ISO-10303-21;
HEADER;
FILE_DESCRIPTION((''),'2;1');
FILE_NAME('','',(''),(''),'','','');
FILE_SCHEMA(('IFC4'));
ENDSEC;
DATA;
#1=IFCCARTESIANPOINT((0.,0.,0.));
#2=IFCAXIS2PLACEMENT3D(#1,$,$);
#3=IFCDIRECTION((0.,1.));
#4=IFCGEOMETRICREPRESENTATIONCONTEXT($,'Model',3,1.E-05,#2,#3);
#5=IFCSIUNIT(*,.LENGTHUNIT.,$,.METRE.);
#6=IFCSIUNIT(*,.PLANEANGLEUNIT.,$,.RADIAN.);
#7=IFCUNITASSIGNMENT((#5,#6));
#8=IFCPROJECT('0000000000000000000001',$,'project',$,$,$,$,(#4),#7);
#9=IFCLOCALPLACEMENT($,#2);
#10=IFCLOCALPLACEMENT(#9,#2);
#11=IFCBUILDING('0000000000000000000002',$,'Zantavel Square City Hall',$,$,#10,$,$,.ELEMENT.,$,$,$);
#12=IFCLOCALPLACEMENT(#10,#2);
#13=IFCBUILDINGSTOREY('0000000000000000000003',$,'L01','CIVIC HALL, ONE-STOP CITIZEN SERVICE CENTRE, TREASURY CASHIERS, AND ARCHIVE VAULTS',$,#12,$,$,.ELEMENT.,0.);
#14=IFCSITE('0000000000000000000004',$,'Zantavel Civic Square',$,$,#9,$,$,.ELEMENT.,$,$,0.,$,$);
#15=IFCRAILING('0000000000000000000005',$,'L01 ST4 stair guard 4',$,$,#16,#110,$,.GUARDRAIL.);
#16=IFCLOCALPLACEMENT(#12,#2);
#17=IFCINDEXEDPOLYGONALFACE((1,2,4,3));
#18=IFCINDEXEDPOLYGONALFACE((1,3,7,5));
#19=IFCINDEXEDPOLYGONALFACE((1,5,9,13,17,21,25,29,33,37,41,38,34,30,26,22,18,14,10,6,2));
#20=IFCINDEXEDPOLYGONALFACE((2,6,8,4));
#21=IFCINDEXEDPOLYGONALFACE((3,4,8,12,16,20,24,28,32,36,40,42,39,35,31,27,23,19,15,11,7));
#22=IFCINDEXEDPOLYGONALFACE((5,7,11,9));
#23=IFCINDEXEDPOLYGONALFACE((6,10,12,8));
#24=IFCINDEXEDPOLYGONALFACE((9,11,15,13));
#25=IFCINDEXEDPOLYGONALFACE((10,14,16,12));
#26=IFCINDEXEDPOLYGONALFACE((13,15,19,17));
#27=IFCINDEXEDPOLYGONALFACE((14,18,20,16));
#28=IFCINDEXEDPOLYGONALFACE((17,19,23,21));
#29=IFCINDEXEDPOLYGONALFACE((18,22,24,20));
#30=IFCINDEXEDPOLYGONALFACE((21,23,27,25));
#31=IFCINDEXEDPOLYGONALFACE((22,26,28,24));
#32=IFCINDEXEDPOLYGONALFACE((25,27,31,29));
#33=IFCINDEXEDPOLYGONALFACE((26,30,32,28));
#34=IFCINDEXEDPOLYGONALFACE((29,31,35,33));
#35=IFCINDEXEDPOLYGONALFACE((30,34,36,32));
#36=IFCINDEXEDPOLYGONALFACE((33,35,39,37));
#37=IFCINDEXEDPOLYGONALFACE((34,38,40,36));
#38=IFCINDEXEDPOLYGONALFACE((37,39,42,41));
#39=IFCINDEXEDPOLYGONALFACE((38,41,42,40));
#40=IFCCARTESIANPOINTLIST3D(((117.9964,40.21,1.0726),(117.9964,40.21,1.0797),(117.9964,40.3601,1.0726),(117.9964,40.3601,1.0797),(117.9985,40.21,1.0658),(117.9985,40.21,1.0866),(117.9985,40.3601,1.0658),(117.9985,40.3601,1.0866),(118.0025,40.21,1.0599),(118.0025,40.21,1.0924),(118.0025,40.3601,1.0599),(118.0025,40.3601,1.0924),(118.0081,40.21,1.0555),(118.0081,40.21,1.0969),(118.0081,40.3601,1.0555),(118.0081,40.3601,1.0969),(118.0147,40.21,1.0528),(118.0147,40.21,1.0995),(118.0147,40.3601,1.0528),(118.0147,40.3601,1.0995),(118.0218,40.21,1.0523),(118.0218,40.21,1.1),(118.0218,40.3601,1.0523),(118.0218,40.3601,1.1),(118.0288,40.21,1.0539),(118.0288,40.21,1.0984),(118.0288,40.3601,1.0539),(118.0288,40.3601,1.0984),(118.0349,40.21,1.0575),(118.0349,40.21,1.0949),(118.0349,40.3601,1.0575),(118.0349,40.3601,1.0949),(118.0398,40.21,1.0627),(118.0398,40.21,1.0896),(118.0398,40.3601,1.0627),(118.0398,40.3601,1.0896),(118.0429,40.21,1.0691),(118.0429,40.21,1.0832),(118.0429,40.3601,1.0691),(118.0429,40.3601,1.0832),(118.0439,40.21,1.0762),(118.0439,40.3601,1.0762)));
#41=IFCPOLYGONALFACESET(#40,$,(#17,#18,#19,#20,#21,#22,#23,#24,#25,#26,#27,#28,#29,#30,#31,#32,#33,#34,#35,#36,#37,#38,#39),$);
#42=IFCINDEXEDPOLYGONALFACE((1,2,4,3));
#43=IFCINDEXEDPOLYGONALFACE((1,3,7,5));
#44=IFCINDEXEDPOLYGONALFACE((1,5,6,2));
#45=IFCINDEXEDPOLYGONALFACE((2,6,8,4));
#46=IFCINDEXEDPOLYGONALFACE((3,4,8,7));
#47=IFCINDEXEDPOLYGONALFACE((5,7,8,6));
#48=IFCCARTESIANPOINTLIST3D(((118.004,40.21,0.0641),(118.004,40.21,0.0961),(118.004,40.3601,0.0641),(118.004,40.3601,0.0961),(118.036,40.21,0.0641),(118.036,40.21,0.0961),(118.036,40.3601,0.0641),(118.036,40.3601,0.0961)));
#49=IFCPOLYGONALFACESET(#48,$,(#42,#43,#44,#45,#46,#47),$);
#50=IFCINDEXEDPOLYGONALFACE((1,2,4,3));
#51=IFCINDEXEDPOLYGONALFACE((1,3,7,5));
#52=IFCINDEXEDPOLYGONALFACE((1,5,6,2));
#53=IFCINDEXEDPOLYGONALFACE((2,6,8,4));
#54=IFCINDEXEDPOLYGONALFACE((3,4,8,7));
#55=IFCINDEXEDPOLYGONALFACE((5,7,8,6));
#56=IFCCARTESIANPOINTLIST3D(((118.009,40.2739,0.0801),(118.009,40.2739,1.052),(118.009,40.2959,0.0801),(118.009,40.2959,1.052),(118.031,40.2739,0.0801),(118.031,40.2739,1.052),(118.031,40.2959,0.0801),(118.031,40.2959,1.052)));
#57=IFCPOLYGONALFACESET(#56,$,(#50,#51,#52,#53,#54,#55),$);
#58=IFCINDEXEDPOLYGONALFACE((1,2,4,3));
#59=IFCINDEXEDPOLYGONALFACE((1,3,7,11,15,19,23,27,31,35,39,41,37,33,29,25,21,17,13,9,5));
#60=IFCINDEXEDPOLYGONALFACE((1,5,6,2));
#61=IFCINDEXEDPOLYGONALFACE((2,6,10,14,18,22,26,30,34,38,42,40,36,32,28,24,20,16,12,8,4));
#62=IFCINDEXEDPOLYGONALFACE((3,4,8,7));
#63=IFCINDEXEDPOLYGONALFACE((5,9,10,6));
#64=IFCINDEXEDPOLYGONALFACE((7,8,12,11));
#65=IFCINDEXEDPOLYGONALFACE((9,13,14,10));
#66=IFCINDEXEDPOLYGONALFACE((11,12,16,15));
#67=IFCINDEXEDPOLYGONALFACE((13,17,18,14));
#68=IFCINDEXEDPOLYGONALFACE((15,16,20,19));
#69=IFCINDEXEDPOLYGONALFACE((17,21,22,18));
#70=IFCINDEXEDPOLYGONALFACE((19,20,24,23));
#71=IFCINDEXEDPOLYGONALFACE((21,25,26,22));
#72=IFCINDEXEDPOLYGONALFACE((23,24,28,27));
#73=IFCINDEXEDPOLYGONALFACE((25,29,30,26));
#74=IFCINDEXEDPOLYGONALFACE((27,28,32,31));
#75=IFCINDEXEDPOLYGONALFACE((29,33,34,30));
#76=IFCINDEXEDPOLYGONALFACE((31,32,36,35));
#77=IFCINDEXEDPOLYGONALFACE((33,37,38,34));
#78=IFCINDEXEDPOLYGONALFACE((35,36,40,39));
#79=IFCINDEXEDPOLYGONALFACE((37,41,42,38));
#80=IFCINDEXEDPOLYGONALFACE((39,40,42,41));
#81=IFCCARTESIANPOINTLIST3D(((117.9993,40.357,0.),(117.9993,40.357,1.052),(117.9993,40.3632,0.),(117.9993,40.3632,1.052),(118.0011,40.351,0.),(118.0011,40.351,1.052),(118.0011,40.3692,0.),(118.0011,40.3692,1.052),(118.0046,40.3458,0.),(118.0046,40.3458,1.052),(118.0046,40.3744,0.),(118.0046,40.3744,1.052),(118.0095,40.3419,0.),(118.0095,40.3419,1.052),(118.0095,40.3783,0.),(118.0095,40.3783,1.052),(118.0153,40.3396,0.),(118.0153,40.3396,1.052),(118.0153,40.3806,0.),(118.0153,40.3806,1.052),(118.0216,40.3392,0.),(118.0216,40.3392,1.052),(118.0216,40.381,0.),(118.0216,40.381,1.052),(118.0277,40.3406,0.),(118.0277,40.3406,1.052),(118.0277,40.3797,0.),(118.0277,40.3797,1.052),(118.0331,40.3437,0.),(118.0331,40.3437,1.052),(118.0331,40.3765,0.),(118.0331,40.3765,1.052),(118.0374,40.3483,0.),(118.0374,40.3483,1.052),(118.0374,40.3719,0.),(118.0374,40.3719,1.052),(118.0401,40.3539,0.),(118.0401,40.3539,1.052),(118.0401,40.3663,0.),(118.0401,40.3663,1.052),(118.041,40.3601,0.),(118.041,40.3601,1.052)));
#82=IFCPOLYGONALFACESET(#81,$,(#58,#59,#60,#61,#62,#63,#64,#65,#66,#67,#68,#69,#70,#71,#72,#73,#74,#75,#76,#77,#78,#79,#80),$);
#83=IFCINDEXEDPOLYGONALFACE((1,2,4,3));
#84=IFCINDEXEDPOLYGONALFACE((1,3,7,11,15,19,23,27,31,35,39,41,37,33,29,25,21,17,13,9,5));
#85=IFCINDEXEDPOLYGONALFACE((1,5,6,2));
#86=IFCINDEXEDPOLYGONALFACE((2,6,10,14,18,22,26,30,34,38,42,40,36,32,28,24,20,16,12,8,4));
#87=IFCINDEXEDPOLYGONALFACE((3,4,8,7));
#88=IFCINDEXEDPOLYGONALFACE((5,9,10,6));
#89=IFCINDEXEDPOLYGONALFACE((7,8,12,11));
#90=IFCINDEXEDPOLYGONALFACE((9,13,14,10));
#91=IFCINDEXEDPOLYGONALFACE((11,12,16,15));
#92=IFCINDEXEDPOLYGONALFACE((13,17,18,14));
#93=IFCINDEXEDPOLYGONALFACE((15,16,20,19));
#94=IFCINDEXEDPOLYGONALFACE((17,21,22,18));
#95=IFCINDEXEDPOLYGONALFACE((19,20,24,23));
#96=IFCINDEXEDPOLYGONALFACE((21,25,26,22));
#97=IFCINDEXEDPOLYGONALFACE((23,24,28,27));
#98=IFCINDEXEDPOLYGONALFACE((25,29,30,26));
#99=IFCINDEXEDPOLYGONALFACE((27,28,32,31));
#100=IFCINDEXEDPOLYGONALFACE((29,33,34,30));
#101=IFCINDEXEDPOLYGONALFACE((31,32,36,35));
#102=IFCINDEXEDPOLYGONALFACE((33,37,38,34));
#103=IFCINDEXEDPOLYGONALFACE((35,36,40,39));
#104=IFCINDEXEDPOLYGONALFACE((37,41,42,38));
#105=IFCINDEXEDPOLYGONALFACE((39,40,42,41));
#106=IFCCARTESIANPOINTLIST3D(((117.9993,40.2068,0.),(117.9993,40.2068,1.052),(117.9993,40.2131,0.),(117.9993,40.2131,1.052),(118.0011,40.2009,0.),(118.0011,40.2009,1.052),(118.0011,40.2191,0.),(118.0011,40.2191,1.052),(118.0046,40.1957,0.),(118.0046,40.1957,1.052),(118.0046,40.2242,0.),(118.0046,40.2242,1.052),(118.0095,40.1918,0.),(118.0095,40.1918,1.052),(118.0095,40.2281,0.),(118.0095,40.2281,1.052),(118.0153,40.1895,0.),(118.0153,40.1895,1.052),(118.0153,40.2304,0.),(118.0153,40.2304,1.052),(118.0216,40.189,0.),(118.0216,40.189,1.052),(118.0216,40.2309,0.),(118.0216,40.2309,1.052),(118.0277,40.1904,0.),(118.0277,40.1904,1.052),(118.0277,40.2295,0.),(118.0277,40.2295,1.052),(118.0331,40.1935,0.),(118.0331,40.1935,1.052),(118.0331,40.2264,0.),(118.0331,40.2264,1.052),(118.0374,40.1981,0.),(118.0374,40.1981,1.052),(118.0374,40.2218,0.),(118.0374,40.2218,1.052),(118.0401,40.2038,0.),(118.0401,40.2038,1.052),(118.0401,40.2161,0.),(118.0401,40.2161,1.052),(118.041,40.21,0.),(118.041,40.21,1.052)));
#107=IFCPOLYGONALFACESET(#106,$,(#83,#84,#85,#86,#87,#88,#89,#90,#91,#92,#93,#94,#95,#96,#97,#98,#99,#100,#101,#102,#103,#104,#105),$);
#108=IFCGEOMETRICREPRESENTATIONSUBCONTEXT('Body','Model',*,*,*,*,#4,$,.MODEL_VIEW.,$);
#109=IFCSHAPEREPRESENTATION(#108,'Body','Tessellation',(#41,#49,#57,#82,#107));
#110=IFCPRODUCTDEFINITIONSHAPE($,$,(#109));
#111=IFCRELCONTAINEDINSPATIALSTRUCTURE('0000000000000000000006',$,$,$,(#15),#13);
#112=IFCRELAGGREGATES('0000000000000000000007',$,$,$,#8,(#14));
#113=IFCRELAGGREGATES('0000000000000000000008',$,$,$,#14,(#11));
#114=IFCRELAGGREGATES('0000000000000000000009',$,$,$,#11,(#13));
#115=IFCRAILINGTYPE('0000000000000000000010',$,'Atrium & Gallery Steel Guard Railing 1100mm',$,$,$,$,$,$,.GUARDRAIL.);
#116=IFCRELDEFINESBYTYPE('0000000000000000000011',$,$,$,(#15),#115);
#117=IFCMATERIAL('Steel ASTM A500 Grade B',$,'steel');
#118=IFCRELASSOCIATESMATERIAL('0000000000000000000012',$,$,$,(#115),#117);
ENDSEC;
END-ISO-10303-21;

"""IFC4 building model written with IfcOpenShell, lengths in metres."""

from ifc_helpers import new_model, si_unit, direction, frame, origin, origin_2d, place, context, subcontext, project, spatial, rectangle, circle, extrude, material, type_object, element, save


model = new_model("IFC4")

# Units and contexts
model_context = context("Model", 3, precision=1e-05, world=origin(), true_north=direction((0.0, 1.0)))
body_context = subcontext(model_context, "Body", "Model", "MODEL_VIEW")
ifc_project = project(units=[si_unit("LENGTHUNIT", "METRE"), si_unit("PLANEANGLEUNIT", "RADIAN")], contexts=[model_context])

# Site, building, storey
site_placement = place(None, origin())
site = spatial("IfcSite", under=ifc_project, at=site_placement, Name="Zantavel Civic Square", CompositionType="ELEMENT", RefElevation=0.0)
building_placement = place(site_placement, origin())
building = spatial("IfcBuilding", under=site, at=building_placement, Name="Zantavel Square City Hall", CompositionType="ELEMENT")
storey_placement = place(building_placement, origin())
storey = spatial("IfcBuildingStorey", under=building, at=storey_placement, Name="L01", Description="CIVIC HALL, ONE-STOP CITIZEN SERVICE CENTRE, TREASURY CASHIERS, AND ARCHIVE VAULTS", CompositionType="ELEMENT", Elevation=0.0)

# Railing
ifc_material_1 = material(Name="Steel ASTM A500 Grade B", Category="steel")
railing_type_1 = type_object("IfcRailingType", Name="Atrium & Gallery Steel Guard Railing 1100mm", PredefinedType="GUARDRAIL", material=ifc_material_1)
railing_1_placement = place(storey_placement, frame((118.02, 40.3601, 0.0)))
element("IfcRailing", 1, at=railing_1_placement, inside=storey, type_object=railing_type_1, Name="L01 ST4 stair guard 4", PredefinedType="GUARDRAIL", context=body_context, shape_type="SweptSolid", body=[
    extrude(circle(Radius=0.0239, at=origin_2d()), frame((0.0, 0.0, 1.0762), z_axis=(0.0, -1.0, 0.0), x_axis=(1.0, 0.0, 0.0)), (0.0, 0.0, 1.0), 0.1501),
    extrude(rectangle(XDim=0.032, YDim=0.032, at=origin_2d()), frame((0.0, 0.0, 0.0801), z_axis=(0.0, -1.0, 0.0), x_axis=(1.0, 0.0, 0.0)), (0.0, 0.0, 1.0), 0.1501),
    extrude(rectangle(XDim=0.022, YDim=0.022, at=origin_2d()), frame((0.0, -0.0752, 0.0801)), (0.0, 0.0, 1.0), 0.9719),
    extrude(circle(Radius=0.021, at=origin_2d()), origin(), (0.0, 0.0, 1.0), 1.052),
    extrude(circle(Radius=0.021, at=origin_2d()), frame((0.0, -0.1501, 0.0)), (0.0, 0.0, 1.0), 1.052),
])

save(model, "model.ifc")
